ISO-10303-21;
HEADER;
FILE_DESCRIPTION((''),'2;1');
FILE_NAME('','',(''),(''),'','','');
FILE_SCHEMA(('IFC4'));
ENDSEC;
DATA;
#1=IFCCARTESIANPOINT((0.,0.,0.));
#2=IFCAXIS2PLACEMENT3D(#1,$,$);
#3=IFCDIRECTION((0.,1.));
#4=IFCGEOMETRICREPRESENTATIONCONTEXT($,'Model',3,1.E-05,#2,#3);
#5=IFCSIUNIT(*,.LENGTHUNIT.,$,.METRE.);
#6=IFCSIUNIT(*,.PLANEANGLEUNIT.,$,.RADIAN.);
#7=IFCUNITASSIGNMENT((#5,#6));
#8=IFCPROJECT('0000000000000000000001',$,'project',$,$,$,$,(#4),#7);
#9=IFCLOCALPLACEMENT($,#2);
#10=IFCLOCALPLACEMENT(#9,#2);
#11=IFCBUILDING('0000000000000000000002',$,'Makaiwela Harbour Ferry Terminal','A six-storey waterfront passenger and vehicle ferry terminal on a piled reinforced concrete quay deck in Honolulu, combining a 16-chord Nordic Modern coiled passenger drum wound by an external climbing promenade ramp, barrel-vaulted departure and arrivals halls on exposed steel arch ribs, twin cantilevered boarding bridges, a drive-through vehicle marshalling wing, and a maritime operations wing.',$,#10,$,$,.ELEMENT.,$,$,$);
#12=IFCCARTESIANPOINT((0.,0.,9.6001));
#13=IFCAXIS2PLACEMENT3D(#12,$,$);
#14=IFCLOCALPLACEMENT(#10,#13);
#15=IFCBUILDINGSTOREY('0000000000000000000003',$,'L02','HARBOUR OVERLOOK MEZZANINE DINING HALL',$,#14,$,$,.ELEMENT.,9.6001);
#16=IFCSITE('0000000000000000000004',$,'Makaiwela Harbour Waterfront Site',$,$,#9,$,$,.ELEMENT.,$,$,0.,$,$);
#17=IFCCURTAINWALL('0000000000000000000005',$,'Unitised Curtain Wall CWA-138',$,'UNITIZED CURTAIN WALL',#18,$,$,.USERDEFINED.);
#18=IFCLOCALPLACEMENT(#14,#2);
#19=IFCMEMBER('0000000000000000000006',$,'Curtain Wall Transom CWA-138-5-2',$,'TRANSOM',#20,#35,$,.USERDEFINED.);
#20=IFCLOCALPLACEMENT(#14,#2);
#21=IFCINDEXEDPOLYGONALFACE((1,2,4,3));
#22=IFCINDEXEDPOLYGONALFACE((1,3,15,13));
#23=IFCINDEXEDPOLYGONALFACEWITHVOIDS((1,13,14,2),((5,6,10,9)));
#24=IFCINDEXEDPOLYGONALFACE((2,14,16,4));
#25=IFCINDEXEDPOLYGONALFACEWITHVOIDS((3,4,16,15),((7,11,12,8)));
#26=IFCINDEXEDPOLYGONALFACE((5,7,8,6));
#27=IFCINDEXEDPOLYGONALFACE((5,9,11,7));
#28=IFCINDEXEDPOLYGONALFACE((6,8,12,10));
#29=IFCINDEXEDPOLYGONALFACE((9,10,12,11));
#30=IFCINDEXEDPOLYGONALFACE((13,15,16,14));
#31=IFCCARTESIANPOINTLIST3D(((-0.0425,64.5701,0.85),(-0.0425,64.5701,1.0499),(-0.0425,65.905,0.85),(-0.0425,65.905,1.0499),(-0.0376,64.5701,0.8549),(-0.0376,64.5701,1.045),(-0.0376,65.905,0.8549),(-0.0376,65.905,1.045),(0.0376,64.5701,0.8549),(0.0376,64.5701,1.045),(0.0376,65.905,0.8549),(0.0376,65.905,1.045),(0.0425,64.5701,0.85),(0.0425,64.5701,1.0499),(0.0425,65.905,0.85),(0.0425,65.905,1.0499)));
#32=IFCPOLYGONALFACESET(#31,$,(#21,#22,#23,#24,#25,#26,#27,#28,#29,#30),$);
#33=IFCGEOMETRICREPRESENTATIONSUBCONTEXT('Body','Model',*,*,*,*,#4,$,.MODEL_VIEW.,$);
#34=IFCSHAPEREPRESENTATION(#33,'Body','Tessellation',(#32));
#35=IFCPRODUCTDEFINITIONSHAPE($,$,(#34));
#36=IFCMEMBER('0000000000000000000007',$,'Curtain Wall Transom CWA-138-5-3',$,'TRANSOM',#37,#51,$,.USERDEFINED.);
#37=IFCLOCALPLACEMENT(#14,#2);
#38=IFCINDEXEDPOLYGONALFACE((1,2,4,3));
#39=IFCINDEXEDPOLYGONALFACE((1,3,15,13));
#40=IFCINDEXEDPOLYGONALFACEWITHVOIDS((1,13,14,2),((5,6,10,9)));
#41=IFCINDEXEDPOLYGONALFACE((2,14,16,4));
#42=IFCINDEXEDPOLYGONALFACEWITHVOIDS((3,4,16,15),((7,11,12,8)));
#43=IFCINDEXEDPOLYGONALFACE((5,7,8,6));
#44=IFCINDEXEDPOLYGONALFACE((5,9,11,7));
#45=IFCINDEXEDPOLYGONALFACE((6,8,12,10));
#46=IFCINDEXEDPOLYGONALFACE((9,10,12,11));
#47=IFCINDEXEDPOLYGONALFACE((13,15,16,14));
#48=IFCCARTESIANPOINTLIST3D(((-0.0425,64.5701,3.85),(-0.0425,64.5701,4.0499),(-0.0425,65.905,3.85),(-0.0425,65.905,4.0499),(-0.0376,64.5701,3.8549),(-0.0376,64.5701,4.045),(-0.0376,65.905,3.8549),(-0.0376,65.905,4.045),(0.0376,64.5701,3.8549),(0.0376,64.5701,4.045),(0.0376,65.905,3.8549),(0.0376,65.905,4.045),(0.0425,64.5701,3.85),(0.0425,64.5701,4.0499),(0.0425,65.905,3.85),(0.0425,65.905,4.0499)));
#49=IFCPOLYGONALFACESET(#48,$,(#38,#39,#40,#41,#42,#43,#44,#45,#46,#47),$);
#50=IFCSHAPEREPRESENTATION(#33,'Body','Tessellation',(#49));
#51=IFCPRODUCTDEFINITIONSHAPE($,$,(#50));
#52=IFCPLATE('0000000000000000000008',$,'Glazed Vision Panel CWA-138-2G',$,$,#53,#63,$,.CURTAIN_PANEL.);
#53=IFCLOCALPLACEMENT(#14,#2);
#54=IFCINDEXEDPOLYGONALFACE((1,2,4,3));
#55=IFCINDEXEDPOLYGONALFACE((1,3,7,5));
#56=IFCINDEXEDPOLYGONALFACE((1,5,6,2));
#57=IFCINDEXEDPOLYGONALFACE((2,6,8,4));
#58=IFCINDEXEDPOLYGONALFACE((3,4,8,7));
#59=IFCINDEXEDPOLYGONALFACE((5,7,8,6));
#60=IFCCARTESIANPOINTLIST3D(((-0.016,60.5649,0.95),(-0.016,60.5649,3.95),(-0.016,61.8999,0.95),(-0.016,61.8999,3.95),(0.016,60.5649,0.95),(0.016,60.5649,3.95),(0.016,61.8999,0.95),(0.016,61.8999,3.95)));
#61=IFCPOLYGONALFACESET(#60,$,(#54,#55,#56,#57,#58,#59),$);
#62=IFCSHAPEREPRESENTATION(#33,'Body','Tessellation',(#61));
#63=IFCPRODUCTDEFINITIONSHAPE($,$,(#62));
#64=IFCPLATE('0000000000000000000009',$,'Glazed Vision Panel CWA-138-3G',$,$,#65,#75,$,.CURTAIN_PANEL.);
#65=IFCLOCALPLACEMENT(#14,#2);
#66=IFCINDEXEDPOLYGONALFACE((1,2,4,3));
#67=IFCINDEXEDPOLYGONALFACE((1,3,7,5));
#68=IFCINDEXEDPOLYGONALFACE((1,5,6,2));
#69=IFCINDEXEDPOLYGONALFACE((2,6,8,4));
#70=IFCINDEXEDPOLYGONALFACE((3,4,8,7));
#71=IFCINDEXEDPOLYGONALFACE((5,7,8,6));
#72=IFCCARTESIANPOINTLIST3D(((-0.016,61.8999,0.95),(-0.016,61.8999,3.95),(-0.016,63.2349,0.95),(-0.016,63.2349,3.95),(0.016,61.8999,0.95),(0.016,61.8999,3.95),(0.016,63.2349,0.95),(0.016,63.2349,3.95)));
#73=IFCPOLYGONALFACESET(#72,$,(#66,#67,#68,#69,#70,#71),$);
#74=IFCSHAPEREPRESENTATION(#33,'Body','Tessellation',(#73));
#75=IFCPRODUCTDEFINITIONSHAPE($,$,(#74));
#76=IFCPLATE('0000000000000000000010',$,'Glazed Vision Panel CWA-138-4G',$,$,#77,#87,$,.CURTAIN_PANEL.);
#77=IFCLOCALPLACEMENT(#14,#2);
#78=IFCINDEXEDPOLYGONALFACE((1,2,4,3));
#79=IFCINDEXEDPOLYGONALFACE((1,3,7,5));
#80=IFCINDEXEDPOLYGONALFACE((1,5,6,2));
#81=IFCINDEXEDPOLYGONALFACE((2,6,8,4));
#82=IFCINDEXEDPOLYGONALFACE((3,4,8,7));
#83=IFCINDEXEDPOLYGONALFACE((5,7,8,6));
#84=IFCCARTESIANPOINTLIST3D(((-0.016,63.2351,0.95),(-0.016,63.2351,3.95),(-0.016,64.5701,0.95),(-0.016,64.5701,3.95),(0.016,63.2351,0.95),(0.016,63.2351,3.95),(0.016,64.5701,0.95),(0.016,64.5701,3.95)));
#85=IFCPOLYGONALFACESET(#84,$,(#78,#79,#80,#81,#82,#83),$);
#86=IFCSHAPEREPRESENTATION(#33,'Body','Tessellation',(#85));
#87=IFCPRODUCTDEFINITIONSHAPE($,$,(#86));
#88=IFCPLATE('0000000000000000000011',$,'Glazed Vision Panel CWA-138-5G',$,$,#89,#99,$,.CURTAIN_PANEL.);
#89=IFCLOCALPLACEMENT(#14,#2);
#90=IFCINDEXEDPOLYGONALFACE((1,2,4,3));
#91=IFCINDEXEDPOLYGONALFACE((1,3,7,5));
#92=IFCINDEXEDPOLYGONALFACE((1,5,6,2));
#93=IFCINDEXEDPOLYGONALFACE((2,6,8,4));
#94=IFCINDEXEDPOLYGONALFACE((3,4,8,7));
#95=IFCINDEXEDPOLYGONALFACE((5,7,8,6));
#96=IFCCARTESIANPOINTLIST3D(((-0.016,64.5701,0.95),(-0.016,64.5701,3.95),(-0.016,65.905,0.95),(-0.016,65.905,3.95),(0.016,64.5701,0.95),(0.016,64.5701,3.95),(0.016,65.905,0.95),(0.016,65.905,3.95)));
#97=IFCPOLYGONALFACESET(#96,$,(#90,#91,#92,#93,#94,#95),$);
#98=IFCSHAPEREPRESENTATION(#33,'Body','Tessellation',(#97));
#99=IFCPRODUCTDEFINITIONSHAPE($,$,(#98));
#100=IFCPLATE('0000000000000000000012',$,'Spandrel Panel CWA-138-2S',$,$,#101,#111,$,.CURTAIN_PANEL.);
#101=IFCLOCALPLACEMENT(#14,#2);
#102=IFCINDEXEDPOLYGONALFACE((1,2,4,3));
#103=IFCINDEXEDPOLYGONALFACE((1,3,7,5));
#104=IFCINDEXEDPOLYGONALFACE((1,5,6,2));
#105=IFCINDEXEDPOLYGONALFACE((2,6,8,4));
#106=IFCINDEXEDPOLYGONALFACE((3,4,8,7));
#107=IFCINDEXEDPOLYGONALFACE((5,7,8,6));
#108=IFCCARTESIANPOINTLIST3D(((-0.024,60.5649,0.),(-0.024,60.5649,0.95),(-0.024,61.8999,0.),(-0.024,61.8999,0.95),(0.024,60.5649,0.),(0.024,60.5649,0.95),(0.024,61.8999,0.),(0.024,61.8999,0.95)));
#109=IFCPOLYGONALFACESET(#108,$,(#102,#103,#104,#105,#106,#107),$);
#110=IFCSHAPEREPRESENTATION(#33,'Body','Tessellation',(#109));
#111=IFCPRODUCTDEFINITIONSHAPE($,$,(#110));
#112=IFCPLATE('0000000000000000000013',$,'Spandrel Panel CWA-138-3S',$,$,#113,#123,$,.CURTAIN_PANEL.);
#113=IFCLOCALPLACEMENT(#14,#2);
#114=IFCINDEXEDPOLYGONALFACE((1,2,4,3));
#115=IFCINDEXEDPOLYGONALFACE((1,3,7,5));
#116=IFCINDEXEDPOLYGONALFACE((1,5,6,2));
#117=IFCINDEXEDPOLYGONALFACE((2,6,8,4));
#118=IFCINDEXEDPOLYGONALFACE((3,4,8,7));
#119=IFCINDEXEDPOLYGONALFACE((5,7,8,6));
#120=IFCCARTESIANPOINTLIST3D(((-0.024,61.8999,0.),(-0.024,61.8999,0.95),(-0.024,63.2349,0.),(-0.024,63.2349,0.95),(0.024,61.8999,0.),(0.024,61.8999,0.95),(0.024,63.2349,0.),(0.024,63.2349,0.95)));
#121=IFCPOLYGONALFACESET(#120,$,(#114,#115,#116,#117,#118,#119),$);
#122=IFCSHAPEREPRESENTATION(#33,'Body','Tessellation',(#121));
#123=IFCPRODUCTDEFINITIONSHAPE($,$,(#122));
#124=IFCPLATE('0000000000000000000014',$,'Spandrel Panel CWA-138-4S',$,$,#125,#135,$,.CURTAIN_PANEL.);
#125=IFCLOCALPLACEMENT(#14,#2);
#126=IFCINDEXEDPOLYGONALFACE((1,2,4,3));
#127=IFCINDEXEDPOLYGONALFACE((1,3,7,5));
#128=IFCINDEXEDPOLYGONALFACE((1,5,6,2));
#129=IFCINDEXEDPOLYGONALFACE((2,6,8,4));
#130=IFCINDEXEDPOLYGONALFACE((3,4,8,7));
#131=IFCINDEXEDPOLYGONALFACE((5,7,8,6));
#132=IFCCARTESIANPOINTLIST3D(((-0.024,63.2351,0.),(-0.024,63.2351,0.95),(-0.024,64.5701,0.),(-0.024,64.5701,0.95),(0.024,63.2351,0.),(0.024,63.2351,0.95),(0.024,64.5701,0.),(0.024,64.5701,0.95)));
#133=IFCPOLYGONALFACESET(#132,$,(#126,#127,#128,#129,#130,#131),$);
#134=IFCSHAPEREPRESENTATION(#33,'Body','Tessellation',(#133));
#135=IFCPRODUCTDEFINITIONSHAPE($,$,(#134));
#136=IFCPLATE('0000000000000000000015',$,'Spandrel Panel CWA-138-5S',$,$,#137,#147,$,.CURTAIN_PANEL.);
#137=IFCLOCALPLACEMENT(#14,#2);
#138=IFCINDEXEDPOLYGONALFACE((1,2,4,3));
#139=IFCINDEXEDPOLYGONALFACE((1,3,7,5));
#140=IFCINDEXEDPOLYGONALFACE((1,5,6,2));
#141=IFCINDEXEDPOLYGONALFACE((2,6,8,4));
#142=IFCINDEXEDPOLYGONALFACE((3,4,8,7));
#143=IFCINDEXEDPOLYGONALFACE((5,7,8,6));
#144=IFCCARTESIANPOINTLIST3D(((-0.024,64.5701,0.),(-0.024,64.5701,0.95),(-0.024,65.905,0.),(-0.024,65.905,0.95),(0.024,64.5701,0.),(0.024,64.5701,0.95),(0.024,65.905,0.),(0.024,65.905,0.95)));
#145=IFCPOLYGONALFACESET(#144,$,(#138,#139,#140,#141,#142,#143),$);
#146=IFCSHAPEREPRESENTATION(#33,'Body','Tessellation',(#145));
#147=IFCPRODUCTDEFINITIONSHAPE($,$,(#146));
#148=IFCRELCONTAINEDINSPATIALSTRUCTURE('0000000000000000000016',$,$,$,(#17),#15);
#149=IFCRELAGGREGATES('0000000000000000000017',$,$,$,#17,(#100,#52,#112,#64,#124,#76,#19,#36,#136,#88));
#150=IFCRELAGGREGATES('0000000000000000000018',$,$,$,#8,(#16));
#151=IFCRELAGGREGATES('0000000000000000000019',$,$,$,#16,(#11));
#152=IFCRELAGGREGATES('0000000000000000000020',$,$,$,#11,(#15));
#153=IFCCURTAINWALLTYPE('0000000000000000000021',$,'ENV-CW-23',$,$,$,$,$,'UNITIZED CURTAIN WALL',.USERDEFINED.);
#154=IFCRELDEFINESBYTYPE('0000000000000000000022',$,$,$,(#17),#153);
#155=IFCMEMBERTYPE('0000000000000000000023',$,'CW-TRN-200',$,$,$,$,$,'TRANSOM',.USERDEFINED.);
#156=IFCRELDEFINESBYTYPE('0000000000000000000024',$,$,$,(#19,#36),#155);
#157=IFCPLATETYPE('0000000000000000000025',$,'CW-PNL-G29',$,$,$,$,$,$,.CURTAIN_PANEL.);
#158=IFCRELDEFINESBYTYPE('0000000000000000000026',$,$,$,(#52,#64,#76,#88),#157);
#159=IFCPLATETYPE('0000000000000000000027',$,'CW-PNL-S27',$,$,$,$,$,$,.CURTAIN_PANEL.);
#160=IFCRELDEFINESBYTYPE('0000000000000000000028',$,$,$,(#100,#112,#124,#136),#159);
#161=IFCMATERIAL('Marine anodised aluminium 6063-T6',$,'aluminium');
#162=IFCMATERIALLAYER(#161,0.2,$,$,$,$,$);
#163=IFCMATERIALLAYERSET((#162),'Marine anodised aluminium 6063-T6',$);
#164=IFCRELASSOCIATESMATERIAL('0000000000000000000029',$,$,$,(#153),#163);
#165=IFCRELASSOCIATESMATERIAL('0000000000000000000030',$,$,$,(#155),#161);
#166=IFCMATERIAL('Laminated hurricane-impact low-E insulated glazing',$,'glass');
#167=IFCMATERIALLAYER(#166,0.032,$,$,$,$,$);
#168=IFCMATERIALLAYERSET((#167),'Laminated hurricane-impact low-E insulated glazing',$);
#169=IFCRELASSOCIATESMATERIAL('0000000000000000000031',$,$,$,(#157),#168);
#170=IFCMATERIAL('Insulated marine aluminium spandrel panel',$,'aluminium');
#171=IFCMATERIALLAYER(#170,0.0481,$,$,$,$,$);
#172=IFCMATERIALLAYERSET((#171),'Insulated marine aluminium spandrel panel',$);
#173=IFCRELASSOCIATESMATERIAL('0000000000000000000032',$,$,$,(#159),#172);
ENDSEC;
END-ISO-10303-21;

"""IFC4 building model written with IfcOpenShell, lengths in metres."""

from ifc_helpers import new_model, si_unit, direction, frame, origin, origin_2d, place, context, subcontext, project, spatial, rectangle, hollow_rectangle, extrude, material, layer, layer_set, material_profile, profile_set, type_object, element, aggregate, save


model = new_model("IFC4")

# Units and contexts
model_context = context("Model", 3, precision=1e-05, world=origin(), true_north=direction((0.0, 1.0)))
body_context = subcontext(model_context, "Body", "Model", "MODEL_VIEW")
ifc_project = project(units=[si_unit("LENGTHUNIT", "METRE"), si_unit("PLANEANGLEUNIT", "RADIAN")], contexts=[model_context])

# Site, building, storey
site_placement = place(None, origin())
site = spatial("IfcSite", under=ifc_project, at=site_placement, Name="Makaiwela Harbour Waterfront Site", CompositionType="ELEMENT", RefElevation=0.0)
building_placement = place(site_placement, origin())
building = spatial("IfcBuilding", under=site, at=building_placement, Name="Makaiwela Harbour Ferry Terminal", Description="A six-storey waterfront passenger and vehicle ferry terminal on a piled reinforced concrete quay deck in Honolulu, combining a 16-chord Nordic Modern coiled passenger drum wound by an external climbing promenade ramp, barrel-vaulted departure and arrivals halls on exposed steel arch ribs, twin cantilevered boarding bridges, a drive-through vehicle marshalling wing, and a maritime operations wing.", CompositionType="ELEMENT")
storey_placement = place(building_placement, frame((0.0, 0.0, 9.6001)))
storey = spatial("IfcBuildingStorey", under=building, at=storey_placement, Name="L02", Description="HARBOUR OVERLOOK MEZZANINE DINING HALL", CompositionType="ELEMENT", Elevation=9.6001)

# Curtain wall, members, plates
ifc_material_1 = material(Name="Marine anodised aluminium 6063-T6", Category="aluminium")
ifc_layer_1 = layer(ifc_material_1, 0.2)
ifc_layer_set_1 = layer_set([ifc_layer_1], Name="Marine anodised aluminium 6063-T6")
curtain_wall_type = type_object("IfcCurtainWallType", Name="ENV-CW-23", ElementType="UNITIZED CURTAIN WALL", PredefinedType="USERDEFINED", material=ifc_layer_set_1)
curtain_wall_placement = place(storey_placement, origin())
curtain_wall = element("IfcCurtainWall", 1, at=curtain_wall_placement, inside=storey, type_object=curtain_wall_type, Name="Unitised Curtain Wall CWA-138", ObjectType="UNITIZED CURTAIN WALL", PredefinedType="USERDEFINED")
ifc_material_profile_1 = material_profile(ifc_material_1, hollow_rectangle(XDim=0.085, YDim=0.2, WallThickness=0.0049, at=origin_2d()), Name="CWT-200X85")
ifc_profile_set_1 = profile_set([ifc_material_profile_1], Name="Marine anodised aluminium 6063-T6")
member_type_1 = type_object("IfcMemberType", Name="CW-TRN-200", ElementType="TRANSOM", PredefinedType="USERDEFINED", material=ifc_profile_set_1)
member_1_placement = place(storey_placement, frame((0.0, 64.5701, 0.95), z_axis=(0.0, 1.0, 0.0), x_axis=(-1.0, 0.0, 0.0)))
member_1 = element("IfcMember", 2, at=member_1_placement, type_object=member_type_1, Name="Curtain Wall Transom CWA-138-5-2", ObjectType="TRANSOM", PredefinedType="USERDEFINED", context=body_context, shape_type="SweptSolid", body=[
    extrude(hollow_rectangle(XDim=0.085, YDim=0.2, WallThickness=0.0049, at=origin_2d()), origin(), (0.0, 0.0, 1.0), 1.335),
])
member_2_placement = place(storey_placement, frame((0.0, 64.5701, 3.95), z_axis=(0.0, 1.0, 0.0), x_axis=(-1.0, 0.0, 0.0)))
member_2 = element("IfcMember", 3, at=member_2_placement, type_object=member_type_1, Name="Curtain Wall Transom CWA-138-5-3", ObjectType="TRANSOM", PredefinedType="USERDEFINED", context=body_context, shape_type="SweptSolid", body=[
    extrude(hollow_rectangle(XDim=0.085, YDim=0.2, WallThickness=0.0049, at=origin_2d()), origin(), (0.0, 0.0, 1.0), 1.335),
])
ifc_material_2 = material(Name="Laminated hurricane-impact low-E insulated glazing", Category="glass")
ifc_layer_2 = layer(ifc_material_2, 0.032)
ifc_layer_set_2 = layer_set([ifc_layer_2], Name="Laminated hurricane-impact low-E insulated glazing")
plate_type_1 = type_object("IfcPlateType", Name="CW-PNL-G29", PredefinedType="CURTAIN_PANEL", material=ifc_layer_set_2)
plate_1_placement = place(storey_placement, frame((0.0, 61.2324, 0.95), z_axis=(0.0, 0.0, 1.0), x_axis=(0.0, 1.0, 0.0)))
plate_1 = element("IfcPlate", 4, at=plate_1_placement, type_object=plate_type_1, Name="Glazed Vision Panel CWA-138-2G", PredefinedType="CURTAIN_PANEL", context=body_context, shape_type="SweptSolid", body=[
    extrude(rectangle(XDim=1.335, YDim=0.032, at=origin_2d()), origin(), (0.0, 0.0, 1.0), 3.0),
])
plate_2_placement = place(storey_placement, frame((0.0, 62.5674, 0.95), z_axis=(0.0, 0.0, 1.0), x_axis=(0.0, 1.0, 0.0)))
plate_2 = element("IfcPlate", 5, at=plate_2_placement, type_object=plate_type_1, Name="Glazed Vision Panel CWA-138-3G", PredefinedType="CURTAIN_PANEL", context=body_context, shape_type="SweptSolid", body=[
    extrude(rectangle(XDim=1.335, YDim=0.032, at=origin_2d()), origin(), (0.0, 0.0, 1.0), 3.0),
])
plate_3_placement = place(storey_placement, frame((0.0, 63.9026, 0.95), z_axis=(0.0, 0.0, 1.0), x_axis=(0.0, 1.0, 0.0)))
plate_3 = element("IfcPlate", 6, at=plate_3_placement, type_object=plate_type_1, Name="Glazed Vision Panel CWA-138-4G", PredefinedType="CURTAIN_PANEL", context=body_context, shape_type="SweptSolid", body=[
    extrude(rectangle(XDim=1.335, YDim=0.032, at=origin_2d()), origin(), (0.0, 0.0, 1.0), 3.0),
])
plate_4_placement = place(storey_placement, frame((0.0, 65.2375, 0.95), z_axis=(0.0, 0.0, 1.0), x_axis=(0.0, 1.0, 0.0)))
plate_4 = element("IfcPlate", 7, at=plate_4_placement, type_object=plate_type_1, Name="Glazed Vision Panel CWA-138-5G", PredefinedType="CURTAIN_PANEL", context=body_context, shape_type="SweptSolid", body=[
    extrude(rectangle(XDim=1.335, YDim=0.032, at=origin_2d()), origin(), (0.0, 0.0, 1.0), 3.0),
])
ifc_material_3 = material(Name="Insulated marine aluminium spandrel panel", Category="aluminium")
ifc_layer_3 = layer(ifc_material_3, 0.0481)
ifc_layer_set_3 = layer_set([ifc_layer_3], Name="Insulated marine aluminium spandrel panel")
plate_type_2 = type_object("IfcPlateType", Name="CW-PNL-S27", PredefinedType="CURTAIN_PANEL", material=ifc_layer_set_3)
plate_5_placement = place(storey_placement, frame((0.0, 61.2324, 0.0), z_axis=(0.0, 0.0, 1.0), x_axis=(0.0, 1.0, 0.0)))
plate_5 = element("IfcPlate", 8, at=plate_5_placement, type_object=plate_type_2, Name="Spandrel Panel CWA-138-2S", PredefinedType="CURTAIN_PANEL", context=body_context, shape_type="SweptSolid", body=[
    extrude(rectangle(XDim=1.335, YDim=0.0481, at=origin_2d()), origin(), (0.0, 0.0, 1.0), 0.95),
])
plate_6_placement = place(storey_placement, frame((0.0, 62.5674, 0.0), z_axis=(0.0, 0.0, 1.0), x_axis=(0.0, 1.0, 0.0)))
plate_6 = element("IfcPlate", 9, at=plate_6_placement, type_object=plate_type_2, Name="Spandrel Panel CWA-138-3S", PredefinedType="CURTAIN_PANEL", context=body_context, shape_type="SweptSolid", body=[
    extrude(rectangle(XDim=1.335, YDim=0.0481, at=origin_2d()), origin(), (0.0, 0.0, 1.0), 0.95),
])
plate_7_placement = place(storey_placement, frame((0.0, 63.9026, 0.0), z_axis=(0.0, 0.0, 1.0), x_axis=(0.0, 1.0, 0.0)))
plate_7 = element("IfcPlate", 10, at=plate_7_placement, type_object=plate_type_2, Name="Spandrel Panel CWA-138-4S", PredefinedType="CURTAIN_PANEL", context=body_context, shape_type="SweptSolid", body=[
    extrude(rectangle(XDim=1.335, YDim=0.0481, at=origin_2d()), origin(), (0.0, 0.0, 1.0), 0.95),
])
plate_8_placement = place(storey_placement, frame((0.0, 65.2375, 0.0), z_axis=(0.0, 0.0, 1.0), x_axis=(0.0, 1.0, 0.0)))
plate_8 = element("IfcPlate", 11, at=plate_8_placement, type_object=plate_type_2, Name="Spandrel Panel CWA-138-5S", PredefinedType="CURTAIN_PANEL", context=body_context, shape_type="SweptSolid", body=[
    extrude(rectangle(XDim=1.335, YDim=0.0481, at=origin_2d()), origin(), (0.0, 0.0, 1.0), 0.95),
])
aggregate(curtain_wall, [plate_5, plate_1, plate_6, plate_2, plate_7, plate_3, member_1, member_2, plate_8, plate_4])

save(model, "model.ifc")
